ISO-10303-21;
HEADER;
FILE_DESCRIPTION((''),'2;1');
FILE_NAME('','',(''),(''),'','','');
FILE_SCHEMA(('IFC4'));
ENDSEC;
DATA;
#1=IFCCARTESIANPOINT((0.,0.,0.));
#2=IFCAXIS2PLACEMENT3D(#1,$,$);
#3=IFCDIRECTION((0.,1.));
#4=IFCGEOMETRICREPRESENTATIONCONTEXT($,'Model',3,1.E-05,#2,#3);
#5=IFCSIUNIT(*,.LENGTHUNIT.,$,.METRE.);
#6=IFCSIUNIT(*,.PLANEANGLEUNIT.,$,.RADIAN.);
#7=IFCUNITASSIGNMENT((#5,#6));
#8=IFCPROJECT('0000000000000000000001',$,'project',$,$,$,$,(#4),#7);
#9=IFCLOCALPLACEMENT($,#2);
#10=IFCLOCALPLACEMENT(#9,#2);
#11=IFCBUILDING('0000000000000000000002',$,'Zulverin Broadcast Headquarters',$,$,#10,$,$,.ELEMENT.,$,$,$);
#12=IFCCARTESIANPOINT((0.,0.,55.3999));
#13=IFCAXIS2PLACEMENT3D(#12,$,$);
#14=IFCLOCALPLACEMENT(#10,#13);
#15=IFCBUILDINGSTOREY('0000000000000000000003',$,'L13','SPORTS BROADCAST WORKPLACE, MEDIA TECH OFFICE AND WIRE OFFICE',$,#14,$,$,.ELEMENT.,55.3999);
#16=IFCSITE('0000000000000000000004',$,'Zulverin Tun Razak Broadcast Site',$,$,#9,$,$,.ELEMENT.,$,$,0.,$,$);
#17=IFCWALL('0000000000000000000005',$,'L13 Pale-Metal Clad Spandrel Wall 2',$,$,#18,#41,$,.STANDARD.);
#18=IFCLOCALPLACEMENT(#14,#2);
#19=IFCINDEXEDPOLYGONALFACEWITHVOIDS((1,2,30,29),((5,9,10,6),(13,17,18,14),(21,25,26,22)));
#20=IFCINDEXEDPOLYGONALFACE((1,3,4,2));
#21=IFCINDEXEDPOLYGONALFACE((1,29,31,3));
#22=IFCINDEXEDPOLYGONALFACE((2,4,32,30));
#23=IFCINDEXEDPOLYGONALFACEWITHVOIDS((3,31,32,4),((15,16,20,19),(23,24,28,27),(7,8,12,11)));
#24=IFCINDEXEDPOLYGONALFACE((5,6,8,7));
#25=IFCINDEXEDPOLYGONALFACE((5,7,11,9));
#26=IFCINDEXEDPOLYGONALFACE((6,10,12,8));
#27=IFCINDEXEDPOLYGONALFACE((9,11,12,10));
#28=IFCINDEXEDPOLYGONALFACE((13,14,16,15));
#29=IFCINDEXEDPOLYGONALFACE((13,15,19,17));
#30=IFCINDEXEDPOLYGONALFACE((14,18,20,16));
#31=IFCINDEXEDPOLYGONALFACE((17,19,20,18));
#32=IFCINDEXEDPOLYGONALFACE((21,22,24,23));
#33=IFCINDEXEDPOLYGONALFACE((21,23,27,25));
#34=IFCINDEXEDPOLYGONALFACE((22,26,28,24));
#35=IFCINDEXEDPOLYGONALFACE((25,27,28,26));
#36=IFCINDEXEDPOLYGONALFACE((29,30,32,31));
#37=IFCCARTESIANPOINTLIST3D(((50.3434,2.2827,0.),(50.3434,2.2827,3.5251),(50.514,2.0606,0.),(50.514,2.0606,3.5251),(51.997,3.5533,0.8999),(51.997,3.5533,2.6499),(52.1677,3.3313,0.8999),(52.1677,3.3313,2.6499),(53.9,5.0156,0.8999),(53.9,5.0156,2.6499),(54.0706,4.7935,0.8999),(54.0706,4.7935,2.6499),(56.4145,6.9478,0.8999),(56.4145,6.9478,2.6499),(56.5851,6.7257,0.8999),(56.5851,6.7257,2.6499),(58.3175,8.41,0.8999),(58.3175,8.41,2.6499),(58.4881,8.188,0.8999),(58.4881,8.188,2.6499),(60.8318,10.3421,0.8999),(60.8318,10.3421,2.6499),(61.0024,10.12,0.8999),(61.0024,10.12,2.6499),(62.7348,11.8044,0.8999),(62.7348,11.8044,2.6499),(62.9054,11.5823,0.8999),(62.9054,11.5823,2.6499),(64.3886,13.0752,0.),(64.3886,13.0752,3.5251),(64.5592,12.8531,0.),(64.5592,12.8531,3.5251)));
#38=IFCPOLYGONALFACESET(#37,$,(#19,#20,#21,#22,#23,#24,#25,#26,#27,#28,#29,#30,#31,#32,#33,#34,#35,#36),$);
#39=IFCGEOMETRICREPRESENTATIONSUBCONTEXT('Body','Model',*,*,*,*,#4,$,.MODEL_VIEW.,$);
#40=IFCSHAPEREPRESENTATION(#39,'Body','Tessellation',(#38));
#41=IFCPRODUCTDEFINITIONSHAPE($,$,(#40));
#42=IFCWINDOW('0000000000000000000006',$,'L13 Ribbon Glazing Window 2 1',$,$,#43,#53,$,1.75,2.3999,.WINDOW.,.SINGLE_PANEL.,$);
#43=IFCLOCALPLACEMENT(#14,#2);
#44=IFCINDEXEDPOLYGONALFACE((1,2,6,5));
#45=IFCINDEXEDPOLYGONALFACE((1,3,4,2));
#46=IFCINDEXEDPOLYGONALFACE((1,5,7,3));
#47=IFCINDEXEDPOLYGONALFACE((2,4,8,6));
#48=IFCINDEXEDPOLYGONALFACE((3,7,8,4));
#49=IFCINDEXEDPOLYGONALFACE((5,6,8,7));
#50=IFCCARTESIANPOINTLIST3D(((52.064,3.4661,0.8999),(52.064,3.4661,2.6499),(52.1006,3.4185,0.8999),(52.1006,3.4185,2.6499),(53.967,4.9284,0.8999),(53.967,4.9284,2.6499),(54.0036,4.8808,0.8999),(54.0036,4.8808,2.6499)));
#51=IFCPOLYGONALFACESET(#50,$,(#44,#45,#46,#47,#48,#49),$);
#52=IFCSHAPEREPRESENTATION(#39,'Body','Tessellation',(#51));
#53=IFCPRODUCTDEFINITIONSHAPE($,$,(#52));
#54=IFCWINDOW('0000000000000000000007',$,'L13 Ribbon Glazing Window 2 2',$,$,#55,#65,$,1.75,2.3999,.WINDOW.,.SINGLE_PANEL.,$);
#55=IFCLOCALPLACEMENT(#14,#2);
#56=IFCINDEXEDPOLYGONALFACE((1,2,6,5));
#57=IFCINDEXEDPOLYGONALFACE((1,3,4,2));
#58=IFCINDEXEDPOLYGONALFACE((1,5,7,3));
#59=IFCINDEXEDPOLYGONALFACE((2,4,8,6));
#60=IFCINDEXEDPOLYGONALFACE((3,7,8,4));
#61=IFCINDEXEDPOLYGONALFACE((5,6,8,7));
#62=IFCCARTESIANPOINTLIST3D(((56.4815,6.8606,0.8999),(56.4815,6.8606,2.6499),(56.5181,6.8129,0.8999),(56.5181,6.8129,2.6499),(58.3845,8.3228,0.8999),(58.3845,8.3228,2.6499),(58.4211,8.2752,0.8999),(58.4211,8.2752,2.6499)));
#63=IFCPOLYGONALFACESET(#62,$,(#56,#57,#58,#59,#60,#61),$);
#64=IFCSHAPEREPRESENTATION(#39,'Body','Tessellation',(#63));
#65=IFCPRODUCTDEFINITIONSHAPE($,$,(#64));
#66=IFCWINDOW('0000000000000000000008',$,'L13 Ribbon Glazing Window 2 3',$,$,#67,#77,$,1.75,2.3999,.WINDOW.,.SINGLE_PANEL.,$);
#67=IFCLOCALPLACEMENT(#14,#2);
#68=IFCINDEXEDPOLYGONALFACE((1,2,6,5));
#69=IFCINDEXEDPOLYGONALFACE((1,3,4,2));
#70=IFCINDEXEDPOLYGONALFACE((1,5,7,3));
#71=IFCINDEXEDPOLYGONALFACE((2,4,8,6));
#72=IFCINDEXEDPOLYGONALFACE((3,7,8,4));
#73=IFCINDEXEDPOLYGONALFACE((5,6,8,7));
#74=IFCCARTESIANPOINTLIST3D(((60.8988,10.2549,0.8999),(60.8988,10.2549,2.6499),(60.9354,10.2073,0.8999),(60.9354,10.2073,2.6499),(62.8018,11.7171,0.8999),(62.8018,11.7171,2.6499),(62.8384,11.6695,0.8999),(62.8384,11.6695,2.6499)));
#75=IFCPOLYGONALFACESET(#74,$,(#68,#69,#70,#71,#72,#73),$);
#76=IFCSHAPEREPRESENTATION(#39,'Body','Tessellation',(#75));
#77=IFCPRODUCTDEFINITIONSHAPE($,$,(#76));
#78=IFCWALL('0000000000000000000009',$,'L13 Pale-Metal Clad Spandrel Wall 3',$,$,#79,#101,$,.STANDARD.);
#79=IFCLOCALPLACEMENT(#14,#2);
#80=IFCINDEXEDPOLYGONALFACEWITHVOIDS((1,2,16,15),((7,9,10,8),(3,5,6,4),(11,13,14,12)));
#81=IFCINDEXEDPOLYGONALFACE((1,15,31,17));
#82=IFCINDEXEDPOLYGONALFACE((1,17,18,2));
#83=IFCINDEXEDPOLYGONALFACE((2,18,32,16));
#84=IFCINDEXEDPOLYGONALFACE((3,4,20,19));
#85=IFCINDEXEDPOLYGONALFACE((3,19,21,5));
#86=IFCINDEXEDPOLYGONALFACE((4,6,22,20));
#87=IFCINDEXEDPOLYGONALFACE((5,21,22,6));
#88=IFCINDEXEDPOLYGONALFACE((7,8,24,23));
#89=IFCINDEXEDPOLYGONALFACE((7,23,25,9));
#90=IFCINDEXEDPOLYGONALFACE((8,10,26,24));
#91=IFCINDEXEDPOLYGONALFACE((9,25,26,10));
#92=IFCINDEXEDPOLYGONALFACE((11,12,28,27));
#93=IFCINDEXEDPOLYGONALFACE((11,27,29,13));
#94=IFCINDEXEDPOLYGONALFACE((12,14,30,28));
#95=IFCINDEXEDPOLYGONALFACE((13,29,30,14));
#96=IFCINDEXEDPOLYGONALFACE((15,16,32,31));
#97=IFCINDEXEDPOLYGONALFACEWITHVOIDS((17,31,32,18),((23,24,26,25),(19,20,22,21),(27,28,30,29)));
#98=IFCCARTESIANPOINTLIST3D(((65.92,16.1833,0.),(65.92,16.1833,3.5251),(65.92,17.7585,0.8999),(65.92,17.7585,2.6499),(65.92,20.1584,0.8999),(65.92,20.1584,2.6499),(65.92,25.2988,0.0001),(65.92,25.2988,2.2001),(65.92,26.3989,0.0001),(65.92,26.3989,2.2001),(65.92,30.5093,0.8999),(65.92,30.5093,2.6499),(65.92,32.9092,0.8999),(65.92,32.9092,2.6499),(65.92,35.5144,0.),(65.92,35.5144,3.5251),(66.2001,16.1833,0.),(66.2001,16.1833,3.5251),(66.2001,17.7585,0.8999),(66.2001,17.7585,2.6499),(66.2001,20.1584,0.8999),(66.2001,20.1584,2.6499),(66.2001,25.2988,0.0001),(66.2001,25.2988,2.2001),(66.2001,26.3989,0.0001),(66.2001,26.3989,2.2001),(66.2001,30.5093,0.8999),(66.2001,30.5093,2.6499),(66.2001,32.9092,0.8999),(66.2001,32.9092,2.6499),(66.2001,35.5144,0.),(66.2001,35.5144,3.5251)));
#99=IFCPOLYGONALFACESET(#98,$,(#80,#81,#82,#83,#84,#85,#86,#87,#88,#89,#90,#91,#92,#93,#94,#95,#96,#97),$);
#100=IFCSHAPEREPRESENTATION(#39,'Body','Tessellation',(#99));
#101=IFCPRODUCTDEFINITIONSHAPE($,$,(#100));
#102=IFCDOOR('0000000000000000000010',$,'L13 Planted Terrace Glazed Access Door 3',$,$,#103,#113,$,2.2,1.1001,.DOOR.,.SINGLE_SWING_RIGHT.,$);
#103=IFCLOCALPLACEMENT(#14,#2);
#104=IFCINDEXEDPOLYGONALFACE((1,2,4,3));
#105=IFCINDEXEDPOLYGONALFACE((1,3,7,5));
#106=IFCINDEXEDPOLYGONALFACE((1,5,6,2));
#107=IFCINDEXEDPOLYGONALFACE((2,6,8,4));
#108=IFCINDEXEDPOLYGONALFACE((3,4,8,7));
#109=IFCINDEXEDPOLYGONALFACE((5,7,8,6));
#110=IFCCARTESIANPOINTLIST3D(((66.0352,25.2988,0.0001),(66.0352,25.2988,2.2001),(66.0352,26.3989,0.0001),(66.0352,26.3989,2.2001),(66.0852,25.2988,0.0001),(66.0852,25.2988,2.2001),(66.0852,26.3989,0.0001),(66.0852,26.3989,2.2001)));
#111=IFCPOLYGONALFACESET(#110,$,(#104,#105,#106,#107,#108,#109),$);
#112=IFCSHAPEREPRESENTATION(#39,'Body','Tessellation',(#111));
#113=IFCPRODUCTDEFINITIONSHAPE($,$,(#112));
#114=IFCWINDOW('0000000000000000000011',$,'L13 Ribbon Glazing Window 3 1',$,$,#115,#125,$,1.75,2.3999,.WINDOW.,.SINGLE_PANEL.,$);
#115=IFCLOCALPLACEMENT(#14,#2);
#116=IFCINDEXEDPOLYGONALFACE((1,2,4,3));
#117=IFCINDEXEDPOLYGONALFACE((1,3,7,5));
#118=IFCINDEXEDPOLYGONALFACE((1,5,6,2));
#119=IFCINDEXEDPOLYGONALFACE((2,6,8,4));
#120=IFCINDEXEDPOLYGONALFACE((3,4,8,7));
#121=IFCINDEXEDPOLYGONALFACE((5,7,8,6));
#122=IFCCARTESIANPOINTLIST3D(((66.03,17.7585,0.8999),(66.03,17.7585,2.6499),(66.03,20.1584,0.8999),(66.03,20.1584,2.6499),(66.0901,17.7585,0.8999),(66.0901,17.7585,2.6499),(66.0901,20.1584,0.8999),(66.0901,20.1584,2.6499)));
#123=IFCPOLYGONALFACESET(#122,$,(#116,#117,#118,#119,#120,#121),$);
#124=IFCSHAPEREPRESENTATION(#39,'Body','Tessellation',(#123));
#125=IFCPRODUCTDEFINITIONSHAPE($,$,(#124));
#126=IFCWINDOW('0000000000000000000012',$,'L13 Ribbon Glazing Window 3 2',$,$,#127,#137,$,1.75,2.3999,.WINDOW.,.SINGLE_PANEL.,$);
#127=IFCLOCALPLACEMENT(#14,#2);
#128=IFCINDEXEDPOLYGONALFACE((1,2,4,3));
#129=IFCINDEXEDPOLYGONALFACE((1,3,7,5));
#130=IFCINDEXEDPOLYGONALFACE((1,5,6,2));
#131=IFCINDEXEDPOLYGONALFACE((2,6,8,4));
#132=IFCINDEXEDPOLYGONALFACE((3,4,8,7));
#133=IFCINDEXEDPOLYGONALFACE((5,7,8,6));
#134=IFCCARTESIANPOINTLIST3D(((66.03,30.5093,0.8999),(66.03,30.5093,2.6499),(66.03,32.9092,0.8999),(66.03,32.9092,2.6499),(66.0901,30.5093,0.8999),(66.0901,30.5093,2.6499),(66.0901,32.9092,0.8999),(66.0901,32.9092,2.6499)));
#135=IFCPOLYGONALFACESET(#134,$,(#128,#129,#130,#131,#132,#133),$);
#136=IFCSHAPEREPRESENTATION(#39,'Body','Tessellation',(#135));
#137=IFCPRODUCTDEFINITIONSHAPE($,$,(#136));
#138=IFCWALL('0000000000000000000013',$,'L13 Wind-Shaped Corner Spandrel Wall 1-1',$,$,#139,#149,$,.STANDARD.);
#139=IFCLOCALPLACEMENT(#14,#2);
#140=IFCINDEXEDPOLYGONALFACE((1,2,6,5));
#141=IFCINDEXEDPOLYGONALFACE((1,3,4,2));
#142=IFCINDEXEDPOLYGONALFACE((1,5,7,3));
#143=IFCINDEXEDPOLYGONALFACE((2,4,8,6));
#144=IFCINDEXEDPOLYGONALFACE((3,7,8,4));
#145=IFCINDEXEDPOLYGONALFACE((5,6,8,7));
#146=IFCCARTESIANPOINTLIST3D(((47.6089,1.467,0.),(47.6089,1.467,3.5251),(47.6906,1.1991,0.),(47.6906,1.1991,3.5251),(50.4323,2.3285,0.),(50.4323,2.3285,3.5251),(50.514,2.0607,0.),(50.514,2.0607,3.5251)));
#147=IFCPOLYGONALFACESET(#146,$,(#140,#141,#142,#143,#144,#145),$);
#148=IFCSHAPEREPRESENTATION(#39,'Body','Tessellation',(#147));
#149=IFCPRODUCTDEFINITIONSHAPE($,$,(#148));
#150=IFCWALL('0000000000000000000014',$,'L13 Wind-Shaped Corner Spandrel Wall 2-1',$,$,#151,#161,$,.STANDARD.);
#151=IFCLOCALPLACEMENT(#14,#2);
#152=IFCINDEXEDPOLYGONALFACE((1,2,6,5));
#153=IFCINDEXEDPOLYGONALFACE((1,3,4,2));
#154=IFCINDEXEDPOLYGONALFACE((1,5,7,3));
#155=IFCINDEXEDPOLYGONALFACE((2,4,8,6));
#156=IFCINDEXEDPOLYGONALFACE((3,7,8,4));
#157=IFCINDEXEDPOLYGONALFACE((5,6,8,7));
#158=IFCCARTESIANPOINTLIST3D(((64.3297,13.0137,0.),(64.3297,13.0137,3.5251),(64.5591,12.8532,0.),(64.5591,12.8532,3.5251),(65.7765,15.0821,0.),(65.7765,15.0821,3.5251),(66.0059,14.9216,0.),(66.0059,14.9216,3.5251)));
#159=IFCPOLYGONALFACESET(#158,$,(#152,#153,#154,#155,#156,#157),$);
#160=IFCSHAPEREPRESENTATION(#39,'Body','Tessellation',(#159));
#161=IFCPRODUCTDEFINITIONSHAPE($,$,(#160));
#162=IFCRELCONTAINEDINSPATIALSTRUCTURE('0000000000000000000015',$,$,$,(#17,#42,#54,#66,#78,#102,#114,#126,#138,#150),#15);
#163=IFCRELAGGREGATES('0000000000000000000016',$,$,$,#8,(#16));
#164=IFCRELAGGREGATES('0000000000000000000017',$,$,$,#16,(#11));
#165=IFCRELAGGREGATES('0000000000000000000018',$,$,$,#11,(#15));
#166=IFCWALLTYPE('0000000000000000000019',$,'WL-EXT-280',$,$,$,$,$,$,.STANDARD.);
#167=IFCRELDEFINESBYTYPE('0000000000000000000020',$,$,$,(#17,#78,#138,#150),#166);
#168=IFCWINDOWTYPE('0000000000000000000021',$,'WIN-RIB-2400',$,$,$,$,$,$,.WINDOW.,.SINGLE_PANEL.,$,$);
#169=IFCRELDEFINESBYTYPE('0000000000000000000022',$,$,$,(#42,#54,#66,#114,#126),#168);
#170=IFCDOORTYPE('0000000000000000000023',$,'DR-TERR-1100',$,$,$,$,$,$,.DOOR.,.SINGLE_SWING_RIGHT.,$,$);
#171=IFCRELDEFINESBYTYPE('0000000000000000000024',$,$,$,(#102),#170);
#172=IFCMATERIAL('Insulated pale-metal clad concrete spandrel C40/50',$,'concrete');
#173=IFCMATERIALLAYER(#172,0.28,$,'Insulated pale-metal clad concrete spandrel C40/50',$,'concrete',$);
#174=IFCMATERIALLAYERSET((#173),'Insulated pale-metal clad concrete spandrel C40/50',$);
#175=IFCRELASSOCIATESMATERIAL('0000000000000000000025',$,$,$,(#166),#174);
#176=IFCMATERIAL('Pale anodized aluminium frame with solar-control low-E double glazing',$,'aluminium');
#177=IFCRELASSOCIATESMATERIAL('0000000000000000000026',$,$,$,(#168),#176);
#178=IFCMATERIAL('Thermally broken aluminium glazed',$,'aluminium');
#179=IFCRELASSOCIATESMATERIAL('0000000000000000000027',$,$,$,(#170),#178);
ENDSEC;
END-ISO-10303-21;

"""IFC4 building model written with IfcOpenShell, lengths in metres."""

from ifc_helpers import new_model, si_unit, direction, frame, frame_2d, origin, place, context, subcontext, project, spatial, rectangle, extrude, material, layer, layer_set, type_object, element, fill, save


model = new_model("IFC4")

# Units and contexts
model_context = context("Model", 3, precision=1e-05, world=origin(), true_north=direction((0.0, 1.0)))
body_context = subcontext(model_context, "Body", "Model", "MODEL_VIEW")
ifc_project = project(units=[si_unit("LENGTHUNIT", "METRE"), si_unit("PLANEANGLEUNIT", "RADIAN")], contexts=[model_context])

# Site, building, storey
site_placement = place(None, origin())
site = spatial("IfcSite", under=ifc_project, at=site_placement, Name="Zulverin Tun Razak Broadcast Site", CompositionType="ELEMENT", RefElevation=0.0)
building_placement = place(site_placement, origin())
building = spatial("IfcBuilding", under=site, at=building_placement, Name="Zulverin Broadcast Headquarters", CompositionType="ELEMENT")
storey_placement = place(building_placement, frame((0.0, 0.0, 55.3999)))
storey = spatial("IfcBuildingStorey", under=building, at=storey_placement, Name="L13", Description="SPORTS BROADCAST WORKPLACE, MEDIA TECH OFFICE AND WIRE OFFICE", CompositionType="ELEMENT", Elevation=55.3999)

# Wall, openings, windows
ifc_material_1 = material(Name="Insulated pale-metal clad concrete spandrel C40/50", Category="concrete")
ifc_layer_1 = layer(ifc_material_1, 0.28, Name="Insulated pale-metal clad concrete spandrel C40/50", Category="concrete")
ifc_layer_set_1 = layer_set([ifc_layer_1], Name="Insulated pale-metal clad concrete spandrel C40/50")
wall_type_1 = type_object("IfcWallType", Name="WL-EXT-280", PredefinedType="STANDARD", material=ifc_layer_set_1)
wall_1_placement = place(storey_placement, frame((50.4287, 2.1716, 0.0), z_axis=(0.0, 0.0, 1.0), x_axis=(0.792937, 0.609303, 0.0)))
wall_1 = element("IfcWall", 1, at=wall_1_placement, inside=storey, type_object=wall_type_1, Name="L13 Pale-Metal Clad Spandrel Wall 2", PredefinedType="STANDARD", context=body_context, shape_type="SweptSolid", body=[
    extrude(rectangle(XDim=17.7129, YDim=0.28, at=frame_2d((8.8564, 0.0))), origin(), (0.0, 0.0, 1.0), 3.5251),
])
opening_1_placement = place(wall_1_placement, frame((2.0854, 0.0, 0.8999)))
opening_1 = element("IfcOpeningElement", 2, at=opening_1_placement, cuts=wall_1, PredefinedType="OPENING", context=body_context, shape_type="SweptSolid", body=[
    extrude(rectangle(XDim=2.3999, YDim=1.75, at=frame_2d((1.2, 0.875))), frame((0.0, 0.1499, 0.0), z_axis=(0.0, -1.0, 0.0), x_axis=(1.0, 0.0, 0.0)), (0.0, 0.0, 1.0), 0.3),
])
opening_2_placement = place(wall_1_placement, frame((7.6565, 0.0, 0.8999)))
opening_2 = element("IfcOpeningElement", 3, at=opening_2_placement, cuts=wall_1, PredefinedType="OPENING", context=body_context, shape_type="SweptSolid", body=[
    extrude(rectangle(XDim=2.3999, YDim=1.75, at=frame_2d((1.2, 0.875))), frame((0.0, 0.1499, 0.0), z_axis=(0.0, -1.0, 0.0), x_axis=(1.0, 0.0, 0.0)), (0.0, 0.0, 1.0), 0.3),
])
opening_3_placement = place(wall_1_placement, frame((13.2273, 0.0, 0.8999)))
opening_3 = element("IfcOpeningElement", 4, at=opening_3_placement, cuts=wall_1, PredefinedType="OPENING", context=body_context, shape_type="SweptSolid", body=[
    extrude(rectangle(XDim=2.3999, YDim=1.75, at=frame_2d((1.2, 0.875))), frame((0.0, 0.1499, 0.0), z_axis=(0.0, -1.0, 0.0), x_axis=(1.0, 0.0, 0.0)), (0.0, 0.0, 1.0), 0.3),
])
ifc_material_2 = material(Name="Pale anodized aluminium frame with solar-control low-E double glazing", Category="aluminium")
window_type = type_object("IfcWindowType", Name="WIN-RIB-2400", PartitioningType="SINGLE_PANEL", PredefinedType="WINDOW", material=ifc_material_2)
window_1_placement = place(opening_1_placement, origin())
window_1 = element("IfcWindow", 5, at=window_1_placement, inside=storey, type_object=window_type, Name="L13 Ribbon Glazing Window 2 1", OverallHeight=1.75, OverallWidth=2.3999, PartitioningType="SINGLE_PANEL", PredefinedType="WINDOW", context=body_context, shape_type="SweptSolid", body=[
    extrude(rectangle(XDim=2.3999, YDim=1.75, at=frame_2d((1.2, 0.875))), frame((0.0, 0.03, 0.0), z_axis=(0.0, -1.0, 0.0), x_axis=(1.0, 0.0, 0.0)), (0.0, 0.0, 1.0), 0.0601),
])
fill(opening_1, window_1)
window_2_placement = place(opening_2_placement, origin())
window_2 = element("IfcWindow", 6, at=window_2_placement, inside=storey, type_object=window_type, Name="L13 Ribbon Glazing Window 2 2", OverallHeight=1.75, OverallWidth=2.3999, PartitioningType="SINGLE_PANEL", PredefinedType="WINDOW", context=body_context, shape_type="SweptSolid", body=[
    extrude(rectangle(XDim=2.3999, YDim=1.75, at=frame_2d((1.2, 0.875))), frame((0.0, 0.03, 0.0), z_axis=(0.0, -1.0, 0.0), x_axis=(1.0, 0.0, 0.0)), (0.0, 0.0, 1.0), 0.0601),
])
fill(opening_2, window_2)
window_3_placement = place(opening_3_placement, origin())
window_3 = element("IfcWindow", 7, at=window_3_placement, inside=storey, type_object=window_type, Name="L13 Ribbon Glazing Window 2 3", OverallHeight=1.75, OverallWidth=2.3999, PartitioningType="SINGLE_PANEL", PredefinedType="WINDOW", context=body_context, shape_type="SweptSolid", body=[
    extrude(rectangle(XDim=2.3999, YDim=1.75, at=frame_2d((1.2, 0.875))), frame((0.0, 0.03, 0.0), z_axis=(0.0, -1.0, 0.0), x_axis=(1.0, 0.0, 0.0)), (0.0, 0.0, 1.0), 0.0601),
])
fill(opening_3, window_3)

# Wall, openings, door, windows
wall_2_placement = place(storey_placement, frame((66.0601, 16.1833, 0.0), z_axis=(0.0, 0.0, 1.0), x_axis=(0.0, 1.0, 0.0)))
wall_2 = element("IfcWall", 8, at=wall_2_placement, inside=storey, type_object=wall_type_1, Name="L13 Pale-Metal Clad Spandrel Wall 3", PredefinedType="STANDARD", context=body_context, shape_type="SweptSolid", body=[
    extrude(rectangle(XDim=19.3311, YDim=0.28, at=frame_2d((9.6655, 0.0))), origin(), (0.0, 0.0, 1.0), 3.5251),
])
opening_4_placement = place(wall_2_placement, frame((9.1155, 0.0, 0.0)))
opening_4 = element("IfcOpeningElement", 9, at=opening_4_placement, cuts=wall_2, PredefinedType="OPENING", context=body_context, shape_type="SweptSolid", body=[
    extrude(rectangle(XDim=1.1001, YDim=2.2, at=frame_2d((0.55, 1.1001))), frame((0.0, 0.1499, 0.0), z_axis=(0.0, -1.0, 0.0), x_axis=(1.0, 0.0, 0.0)), (0.0, 0.0, 1.0), 0.3),
])
opening_5_placement = place(wall_2_placement, frame((1.5752, 0.0, 0.8999)))
opening_5 = element("IfcOpeningElement", 10, at=opening_5_placement, cuts=wall_2, PredefinedType="OPENING", context=body_context, shape_type="SweptSolid", body=[
    extrude(rectangle(XDim=2.3999, YDim=1.75, at=frame_2d((1.2, 0.875))), frame((0.0, 0.1499, 0.0), z_axis=(0.0, -1.0, 0.0), x_axis=(1.0, 0.0, 0.0)), (0.0, 0.0, 1.0), 0.3),
])
opening_6_placement = place(wall_2_placement, frame((14.3259, 0.0, 0.8999)))
opening_6 = element("IfcOpeningElement", 11, at=opening_6_placement, cuts=wall_2, PredefinedType="OPENING", context=body_context, shape_type="SweptSolid", body=[
    extrude(rectangle(XDim=2.3999, YDim=1.75, at=frame_2d((1.2, 0.875))), frame((0.0, 0.1499, 0.0), z_axis=(0.0, -1.0, 0.0), x_axis=(1.0, 0.0, 0.0)), (0.0, 0.0, 1.0), 0.3),
])
ifc_material_3 = material(Name="Thermally broken aluminium glazed", Category="aluminium")
door_type_1 = type_object("IfcDoorType", Name="DR-TERR-1100", OperationType="SINGLE_SWING_RIGHT", PredefinedType="DOOR", material=ifc_material_3)
door_1_placement = place(opening_4_placement, origin())
door_1 = element("IfcDoor", 12, at=door_1_placement, inside=storey, type_object=door_type_1, Name="L13 Planted Terrace Glazed Access Door 3", OperationType="SINGLE_SWING_RIGHT", OverallHeight=2.2, OverallWidth=1.1001, PredefinedType="DOOR", context=body_context, shape_type="SweptSolid", body=[
    extrude(rectangle(XDim=1.1001, YDim=2.2, at=frame_2d((0.55, 1.1001))), frame((0.0, 0.0249, 0.0), z_axis=(0.0, -1.0, 0.0), x_axis=(1.0, 0.0, 0.0)), (0.0, 0.0, 1.0), 0.05),
])
fill(opening_4, door_1)
window_4_placement = place(opening_5_placement, origin())
window_4 = element("IfcWindow", 13, at=window_4_placement, inside=storey, type_object=window_type, Name="L13 Ribbon Glazing Window 3 1", OverallHeight=1.75, OverallWidth=2.3999, PartitioningType="SINGLE_PANEL", PredefinedType="WINDOW", context=body_context, shape_type="SweptSolid", body=[
    extrude(rectangle(XDim=2.3999, YDim=1.75, at=frame_2d((1.2, 0.875))), frame((0.0, 0.03, 0.0), z_axis=(0.0, -1.0, 0.0), x_axis=(1.0, 0.0, 0.0)), (0.0, 0.0, 1.0), 0.0601),
])
fill(opening_5, window_4)
window_5_placement = place(opening_6_placement, origin())
window_5 = element("IfcWindow", 14, at=window_5_placement, inside=storey, type_object=window_type, Name="L13 Ribbon Glazing Window 3 2", OverallHeight=1.75, OverallWidth=2.3999, PartitioningType="SINGLE_PANEL", PredefinedType="WINDOW", context=body_context, shape_type="SweptSolid", body=[
    extrude(rectangle(XDim=2.3999, YDim=1.75, at=frame_2d((1.2, 0.875))), frame((0.0, 0.03, 0.0), z_axis=(0.0, -1.0, 0.0), x_axis=(1.0, 0.0, 0.0)), (0.0, 0.0, 1.0), 0.0601),
])
fill(opening_6, window_5)

# Walls
wall_3_placement = place(storey_placement, frame((47.6497, 1.333, 0.0), z_axis=(0.0, 0.0, 1.0), x_axis=(0.956461, 0.291859, 0.0)))
element("IfcWall", 15, at=wall_3_placement, inside=storey, type_object=wall_type_1, Name="L13 Wind-Shaped Corner Spandrel Wall 1-1", PredefinedType="STANDARD", context=body_context, shape_type="SweptSolid", body=[
    extrude(rectangle(XDim=2.9519, YDim=0.28, at=frame_2d((1.4761, 0.0))), origin(), (0.0, 0.0, 1.0), 3.5251),
])
wall_4_placement = place(storey_placement, frame((64.4443, 12.9333, 0.0), z_axis=(0.0, 0.0, 1.0), x_axis=(0.573177, 0.819432, 0.0)))
element("IfcWall", 16, at=wall_4_placement, inside=storey, type_object=wall_type_1, Name="L13 Wind-Shaped Corner Spandrel Wall 2-1", PredefinedType="STANDARD", context=body_context, shape_type="SweptSolid", body=[
    extrude(rectangle(XDim=2.5242, YDim=0.28, at=frame_2d((1.2622, 0.0))), origin(), (0.0, 0.0, 1.0), 3.5251),
])

save(model, "model.ifc")
